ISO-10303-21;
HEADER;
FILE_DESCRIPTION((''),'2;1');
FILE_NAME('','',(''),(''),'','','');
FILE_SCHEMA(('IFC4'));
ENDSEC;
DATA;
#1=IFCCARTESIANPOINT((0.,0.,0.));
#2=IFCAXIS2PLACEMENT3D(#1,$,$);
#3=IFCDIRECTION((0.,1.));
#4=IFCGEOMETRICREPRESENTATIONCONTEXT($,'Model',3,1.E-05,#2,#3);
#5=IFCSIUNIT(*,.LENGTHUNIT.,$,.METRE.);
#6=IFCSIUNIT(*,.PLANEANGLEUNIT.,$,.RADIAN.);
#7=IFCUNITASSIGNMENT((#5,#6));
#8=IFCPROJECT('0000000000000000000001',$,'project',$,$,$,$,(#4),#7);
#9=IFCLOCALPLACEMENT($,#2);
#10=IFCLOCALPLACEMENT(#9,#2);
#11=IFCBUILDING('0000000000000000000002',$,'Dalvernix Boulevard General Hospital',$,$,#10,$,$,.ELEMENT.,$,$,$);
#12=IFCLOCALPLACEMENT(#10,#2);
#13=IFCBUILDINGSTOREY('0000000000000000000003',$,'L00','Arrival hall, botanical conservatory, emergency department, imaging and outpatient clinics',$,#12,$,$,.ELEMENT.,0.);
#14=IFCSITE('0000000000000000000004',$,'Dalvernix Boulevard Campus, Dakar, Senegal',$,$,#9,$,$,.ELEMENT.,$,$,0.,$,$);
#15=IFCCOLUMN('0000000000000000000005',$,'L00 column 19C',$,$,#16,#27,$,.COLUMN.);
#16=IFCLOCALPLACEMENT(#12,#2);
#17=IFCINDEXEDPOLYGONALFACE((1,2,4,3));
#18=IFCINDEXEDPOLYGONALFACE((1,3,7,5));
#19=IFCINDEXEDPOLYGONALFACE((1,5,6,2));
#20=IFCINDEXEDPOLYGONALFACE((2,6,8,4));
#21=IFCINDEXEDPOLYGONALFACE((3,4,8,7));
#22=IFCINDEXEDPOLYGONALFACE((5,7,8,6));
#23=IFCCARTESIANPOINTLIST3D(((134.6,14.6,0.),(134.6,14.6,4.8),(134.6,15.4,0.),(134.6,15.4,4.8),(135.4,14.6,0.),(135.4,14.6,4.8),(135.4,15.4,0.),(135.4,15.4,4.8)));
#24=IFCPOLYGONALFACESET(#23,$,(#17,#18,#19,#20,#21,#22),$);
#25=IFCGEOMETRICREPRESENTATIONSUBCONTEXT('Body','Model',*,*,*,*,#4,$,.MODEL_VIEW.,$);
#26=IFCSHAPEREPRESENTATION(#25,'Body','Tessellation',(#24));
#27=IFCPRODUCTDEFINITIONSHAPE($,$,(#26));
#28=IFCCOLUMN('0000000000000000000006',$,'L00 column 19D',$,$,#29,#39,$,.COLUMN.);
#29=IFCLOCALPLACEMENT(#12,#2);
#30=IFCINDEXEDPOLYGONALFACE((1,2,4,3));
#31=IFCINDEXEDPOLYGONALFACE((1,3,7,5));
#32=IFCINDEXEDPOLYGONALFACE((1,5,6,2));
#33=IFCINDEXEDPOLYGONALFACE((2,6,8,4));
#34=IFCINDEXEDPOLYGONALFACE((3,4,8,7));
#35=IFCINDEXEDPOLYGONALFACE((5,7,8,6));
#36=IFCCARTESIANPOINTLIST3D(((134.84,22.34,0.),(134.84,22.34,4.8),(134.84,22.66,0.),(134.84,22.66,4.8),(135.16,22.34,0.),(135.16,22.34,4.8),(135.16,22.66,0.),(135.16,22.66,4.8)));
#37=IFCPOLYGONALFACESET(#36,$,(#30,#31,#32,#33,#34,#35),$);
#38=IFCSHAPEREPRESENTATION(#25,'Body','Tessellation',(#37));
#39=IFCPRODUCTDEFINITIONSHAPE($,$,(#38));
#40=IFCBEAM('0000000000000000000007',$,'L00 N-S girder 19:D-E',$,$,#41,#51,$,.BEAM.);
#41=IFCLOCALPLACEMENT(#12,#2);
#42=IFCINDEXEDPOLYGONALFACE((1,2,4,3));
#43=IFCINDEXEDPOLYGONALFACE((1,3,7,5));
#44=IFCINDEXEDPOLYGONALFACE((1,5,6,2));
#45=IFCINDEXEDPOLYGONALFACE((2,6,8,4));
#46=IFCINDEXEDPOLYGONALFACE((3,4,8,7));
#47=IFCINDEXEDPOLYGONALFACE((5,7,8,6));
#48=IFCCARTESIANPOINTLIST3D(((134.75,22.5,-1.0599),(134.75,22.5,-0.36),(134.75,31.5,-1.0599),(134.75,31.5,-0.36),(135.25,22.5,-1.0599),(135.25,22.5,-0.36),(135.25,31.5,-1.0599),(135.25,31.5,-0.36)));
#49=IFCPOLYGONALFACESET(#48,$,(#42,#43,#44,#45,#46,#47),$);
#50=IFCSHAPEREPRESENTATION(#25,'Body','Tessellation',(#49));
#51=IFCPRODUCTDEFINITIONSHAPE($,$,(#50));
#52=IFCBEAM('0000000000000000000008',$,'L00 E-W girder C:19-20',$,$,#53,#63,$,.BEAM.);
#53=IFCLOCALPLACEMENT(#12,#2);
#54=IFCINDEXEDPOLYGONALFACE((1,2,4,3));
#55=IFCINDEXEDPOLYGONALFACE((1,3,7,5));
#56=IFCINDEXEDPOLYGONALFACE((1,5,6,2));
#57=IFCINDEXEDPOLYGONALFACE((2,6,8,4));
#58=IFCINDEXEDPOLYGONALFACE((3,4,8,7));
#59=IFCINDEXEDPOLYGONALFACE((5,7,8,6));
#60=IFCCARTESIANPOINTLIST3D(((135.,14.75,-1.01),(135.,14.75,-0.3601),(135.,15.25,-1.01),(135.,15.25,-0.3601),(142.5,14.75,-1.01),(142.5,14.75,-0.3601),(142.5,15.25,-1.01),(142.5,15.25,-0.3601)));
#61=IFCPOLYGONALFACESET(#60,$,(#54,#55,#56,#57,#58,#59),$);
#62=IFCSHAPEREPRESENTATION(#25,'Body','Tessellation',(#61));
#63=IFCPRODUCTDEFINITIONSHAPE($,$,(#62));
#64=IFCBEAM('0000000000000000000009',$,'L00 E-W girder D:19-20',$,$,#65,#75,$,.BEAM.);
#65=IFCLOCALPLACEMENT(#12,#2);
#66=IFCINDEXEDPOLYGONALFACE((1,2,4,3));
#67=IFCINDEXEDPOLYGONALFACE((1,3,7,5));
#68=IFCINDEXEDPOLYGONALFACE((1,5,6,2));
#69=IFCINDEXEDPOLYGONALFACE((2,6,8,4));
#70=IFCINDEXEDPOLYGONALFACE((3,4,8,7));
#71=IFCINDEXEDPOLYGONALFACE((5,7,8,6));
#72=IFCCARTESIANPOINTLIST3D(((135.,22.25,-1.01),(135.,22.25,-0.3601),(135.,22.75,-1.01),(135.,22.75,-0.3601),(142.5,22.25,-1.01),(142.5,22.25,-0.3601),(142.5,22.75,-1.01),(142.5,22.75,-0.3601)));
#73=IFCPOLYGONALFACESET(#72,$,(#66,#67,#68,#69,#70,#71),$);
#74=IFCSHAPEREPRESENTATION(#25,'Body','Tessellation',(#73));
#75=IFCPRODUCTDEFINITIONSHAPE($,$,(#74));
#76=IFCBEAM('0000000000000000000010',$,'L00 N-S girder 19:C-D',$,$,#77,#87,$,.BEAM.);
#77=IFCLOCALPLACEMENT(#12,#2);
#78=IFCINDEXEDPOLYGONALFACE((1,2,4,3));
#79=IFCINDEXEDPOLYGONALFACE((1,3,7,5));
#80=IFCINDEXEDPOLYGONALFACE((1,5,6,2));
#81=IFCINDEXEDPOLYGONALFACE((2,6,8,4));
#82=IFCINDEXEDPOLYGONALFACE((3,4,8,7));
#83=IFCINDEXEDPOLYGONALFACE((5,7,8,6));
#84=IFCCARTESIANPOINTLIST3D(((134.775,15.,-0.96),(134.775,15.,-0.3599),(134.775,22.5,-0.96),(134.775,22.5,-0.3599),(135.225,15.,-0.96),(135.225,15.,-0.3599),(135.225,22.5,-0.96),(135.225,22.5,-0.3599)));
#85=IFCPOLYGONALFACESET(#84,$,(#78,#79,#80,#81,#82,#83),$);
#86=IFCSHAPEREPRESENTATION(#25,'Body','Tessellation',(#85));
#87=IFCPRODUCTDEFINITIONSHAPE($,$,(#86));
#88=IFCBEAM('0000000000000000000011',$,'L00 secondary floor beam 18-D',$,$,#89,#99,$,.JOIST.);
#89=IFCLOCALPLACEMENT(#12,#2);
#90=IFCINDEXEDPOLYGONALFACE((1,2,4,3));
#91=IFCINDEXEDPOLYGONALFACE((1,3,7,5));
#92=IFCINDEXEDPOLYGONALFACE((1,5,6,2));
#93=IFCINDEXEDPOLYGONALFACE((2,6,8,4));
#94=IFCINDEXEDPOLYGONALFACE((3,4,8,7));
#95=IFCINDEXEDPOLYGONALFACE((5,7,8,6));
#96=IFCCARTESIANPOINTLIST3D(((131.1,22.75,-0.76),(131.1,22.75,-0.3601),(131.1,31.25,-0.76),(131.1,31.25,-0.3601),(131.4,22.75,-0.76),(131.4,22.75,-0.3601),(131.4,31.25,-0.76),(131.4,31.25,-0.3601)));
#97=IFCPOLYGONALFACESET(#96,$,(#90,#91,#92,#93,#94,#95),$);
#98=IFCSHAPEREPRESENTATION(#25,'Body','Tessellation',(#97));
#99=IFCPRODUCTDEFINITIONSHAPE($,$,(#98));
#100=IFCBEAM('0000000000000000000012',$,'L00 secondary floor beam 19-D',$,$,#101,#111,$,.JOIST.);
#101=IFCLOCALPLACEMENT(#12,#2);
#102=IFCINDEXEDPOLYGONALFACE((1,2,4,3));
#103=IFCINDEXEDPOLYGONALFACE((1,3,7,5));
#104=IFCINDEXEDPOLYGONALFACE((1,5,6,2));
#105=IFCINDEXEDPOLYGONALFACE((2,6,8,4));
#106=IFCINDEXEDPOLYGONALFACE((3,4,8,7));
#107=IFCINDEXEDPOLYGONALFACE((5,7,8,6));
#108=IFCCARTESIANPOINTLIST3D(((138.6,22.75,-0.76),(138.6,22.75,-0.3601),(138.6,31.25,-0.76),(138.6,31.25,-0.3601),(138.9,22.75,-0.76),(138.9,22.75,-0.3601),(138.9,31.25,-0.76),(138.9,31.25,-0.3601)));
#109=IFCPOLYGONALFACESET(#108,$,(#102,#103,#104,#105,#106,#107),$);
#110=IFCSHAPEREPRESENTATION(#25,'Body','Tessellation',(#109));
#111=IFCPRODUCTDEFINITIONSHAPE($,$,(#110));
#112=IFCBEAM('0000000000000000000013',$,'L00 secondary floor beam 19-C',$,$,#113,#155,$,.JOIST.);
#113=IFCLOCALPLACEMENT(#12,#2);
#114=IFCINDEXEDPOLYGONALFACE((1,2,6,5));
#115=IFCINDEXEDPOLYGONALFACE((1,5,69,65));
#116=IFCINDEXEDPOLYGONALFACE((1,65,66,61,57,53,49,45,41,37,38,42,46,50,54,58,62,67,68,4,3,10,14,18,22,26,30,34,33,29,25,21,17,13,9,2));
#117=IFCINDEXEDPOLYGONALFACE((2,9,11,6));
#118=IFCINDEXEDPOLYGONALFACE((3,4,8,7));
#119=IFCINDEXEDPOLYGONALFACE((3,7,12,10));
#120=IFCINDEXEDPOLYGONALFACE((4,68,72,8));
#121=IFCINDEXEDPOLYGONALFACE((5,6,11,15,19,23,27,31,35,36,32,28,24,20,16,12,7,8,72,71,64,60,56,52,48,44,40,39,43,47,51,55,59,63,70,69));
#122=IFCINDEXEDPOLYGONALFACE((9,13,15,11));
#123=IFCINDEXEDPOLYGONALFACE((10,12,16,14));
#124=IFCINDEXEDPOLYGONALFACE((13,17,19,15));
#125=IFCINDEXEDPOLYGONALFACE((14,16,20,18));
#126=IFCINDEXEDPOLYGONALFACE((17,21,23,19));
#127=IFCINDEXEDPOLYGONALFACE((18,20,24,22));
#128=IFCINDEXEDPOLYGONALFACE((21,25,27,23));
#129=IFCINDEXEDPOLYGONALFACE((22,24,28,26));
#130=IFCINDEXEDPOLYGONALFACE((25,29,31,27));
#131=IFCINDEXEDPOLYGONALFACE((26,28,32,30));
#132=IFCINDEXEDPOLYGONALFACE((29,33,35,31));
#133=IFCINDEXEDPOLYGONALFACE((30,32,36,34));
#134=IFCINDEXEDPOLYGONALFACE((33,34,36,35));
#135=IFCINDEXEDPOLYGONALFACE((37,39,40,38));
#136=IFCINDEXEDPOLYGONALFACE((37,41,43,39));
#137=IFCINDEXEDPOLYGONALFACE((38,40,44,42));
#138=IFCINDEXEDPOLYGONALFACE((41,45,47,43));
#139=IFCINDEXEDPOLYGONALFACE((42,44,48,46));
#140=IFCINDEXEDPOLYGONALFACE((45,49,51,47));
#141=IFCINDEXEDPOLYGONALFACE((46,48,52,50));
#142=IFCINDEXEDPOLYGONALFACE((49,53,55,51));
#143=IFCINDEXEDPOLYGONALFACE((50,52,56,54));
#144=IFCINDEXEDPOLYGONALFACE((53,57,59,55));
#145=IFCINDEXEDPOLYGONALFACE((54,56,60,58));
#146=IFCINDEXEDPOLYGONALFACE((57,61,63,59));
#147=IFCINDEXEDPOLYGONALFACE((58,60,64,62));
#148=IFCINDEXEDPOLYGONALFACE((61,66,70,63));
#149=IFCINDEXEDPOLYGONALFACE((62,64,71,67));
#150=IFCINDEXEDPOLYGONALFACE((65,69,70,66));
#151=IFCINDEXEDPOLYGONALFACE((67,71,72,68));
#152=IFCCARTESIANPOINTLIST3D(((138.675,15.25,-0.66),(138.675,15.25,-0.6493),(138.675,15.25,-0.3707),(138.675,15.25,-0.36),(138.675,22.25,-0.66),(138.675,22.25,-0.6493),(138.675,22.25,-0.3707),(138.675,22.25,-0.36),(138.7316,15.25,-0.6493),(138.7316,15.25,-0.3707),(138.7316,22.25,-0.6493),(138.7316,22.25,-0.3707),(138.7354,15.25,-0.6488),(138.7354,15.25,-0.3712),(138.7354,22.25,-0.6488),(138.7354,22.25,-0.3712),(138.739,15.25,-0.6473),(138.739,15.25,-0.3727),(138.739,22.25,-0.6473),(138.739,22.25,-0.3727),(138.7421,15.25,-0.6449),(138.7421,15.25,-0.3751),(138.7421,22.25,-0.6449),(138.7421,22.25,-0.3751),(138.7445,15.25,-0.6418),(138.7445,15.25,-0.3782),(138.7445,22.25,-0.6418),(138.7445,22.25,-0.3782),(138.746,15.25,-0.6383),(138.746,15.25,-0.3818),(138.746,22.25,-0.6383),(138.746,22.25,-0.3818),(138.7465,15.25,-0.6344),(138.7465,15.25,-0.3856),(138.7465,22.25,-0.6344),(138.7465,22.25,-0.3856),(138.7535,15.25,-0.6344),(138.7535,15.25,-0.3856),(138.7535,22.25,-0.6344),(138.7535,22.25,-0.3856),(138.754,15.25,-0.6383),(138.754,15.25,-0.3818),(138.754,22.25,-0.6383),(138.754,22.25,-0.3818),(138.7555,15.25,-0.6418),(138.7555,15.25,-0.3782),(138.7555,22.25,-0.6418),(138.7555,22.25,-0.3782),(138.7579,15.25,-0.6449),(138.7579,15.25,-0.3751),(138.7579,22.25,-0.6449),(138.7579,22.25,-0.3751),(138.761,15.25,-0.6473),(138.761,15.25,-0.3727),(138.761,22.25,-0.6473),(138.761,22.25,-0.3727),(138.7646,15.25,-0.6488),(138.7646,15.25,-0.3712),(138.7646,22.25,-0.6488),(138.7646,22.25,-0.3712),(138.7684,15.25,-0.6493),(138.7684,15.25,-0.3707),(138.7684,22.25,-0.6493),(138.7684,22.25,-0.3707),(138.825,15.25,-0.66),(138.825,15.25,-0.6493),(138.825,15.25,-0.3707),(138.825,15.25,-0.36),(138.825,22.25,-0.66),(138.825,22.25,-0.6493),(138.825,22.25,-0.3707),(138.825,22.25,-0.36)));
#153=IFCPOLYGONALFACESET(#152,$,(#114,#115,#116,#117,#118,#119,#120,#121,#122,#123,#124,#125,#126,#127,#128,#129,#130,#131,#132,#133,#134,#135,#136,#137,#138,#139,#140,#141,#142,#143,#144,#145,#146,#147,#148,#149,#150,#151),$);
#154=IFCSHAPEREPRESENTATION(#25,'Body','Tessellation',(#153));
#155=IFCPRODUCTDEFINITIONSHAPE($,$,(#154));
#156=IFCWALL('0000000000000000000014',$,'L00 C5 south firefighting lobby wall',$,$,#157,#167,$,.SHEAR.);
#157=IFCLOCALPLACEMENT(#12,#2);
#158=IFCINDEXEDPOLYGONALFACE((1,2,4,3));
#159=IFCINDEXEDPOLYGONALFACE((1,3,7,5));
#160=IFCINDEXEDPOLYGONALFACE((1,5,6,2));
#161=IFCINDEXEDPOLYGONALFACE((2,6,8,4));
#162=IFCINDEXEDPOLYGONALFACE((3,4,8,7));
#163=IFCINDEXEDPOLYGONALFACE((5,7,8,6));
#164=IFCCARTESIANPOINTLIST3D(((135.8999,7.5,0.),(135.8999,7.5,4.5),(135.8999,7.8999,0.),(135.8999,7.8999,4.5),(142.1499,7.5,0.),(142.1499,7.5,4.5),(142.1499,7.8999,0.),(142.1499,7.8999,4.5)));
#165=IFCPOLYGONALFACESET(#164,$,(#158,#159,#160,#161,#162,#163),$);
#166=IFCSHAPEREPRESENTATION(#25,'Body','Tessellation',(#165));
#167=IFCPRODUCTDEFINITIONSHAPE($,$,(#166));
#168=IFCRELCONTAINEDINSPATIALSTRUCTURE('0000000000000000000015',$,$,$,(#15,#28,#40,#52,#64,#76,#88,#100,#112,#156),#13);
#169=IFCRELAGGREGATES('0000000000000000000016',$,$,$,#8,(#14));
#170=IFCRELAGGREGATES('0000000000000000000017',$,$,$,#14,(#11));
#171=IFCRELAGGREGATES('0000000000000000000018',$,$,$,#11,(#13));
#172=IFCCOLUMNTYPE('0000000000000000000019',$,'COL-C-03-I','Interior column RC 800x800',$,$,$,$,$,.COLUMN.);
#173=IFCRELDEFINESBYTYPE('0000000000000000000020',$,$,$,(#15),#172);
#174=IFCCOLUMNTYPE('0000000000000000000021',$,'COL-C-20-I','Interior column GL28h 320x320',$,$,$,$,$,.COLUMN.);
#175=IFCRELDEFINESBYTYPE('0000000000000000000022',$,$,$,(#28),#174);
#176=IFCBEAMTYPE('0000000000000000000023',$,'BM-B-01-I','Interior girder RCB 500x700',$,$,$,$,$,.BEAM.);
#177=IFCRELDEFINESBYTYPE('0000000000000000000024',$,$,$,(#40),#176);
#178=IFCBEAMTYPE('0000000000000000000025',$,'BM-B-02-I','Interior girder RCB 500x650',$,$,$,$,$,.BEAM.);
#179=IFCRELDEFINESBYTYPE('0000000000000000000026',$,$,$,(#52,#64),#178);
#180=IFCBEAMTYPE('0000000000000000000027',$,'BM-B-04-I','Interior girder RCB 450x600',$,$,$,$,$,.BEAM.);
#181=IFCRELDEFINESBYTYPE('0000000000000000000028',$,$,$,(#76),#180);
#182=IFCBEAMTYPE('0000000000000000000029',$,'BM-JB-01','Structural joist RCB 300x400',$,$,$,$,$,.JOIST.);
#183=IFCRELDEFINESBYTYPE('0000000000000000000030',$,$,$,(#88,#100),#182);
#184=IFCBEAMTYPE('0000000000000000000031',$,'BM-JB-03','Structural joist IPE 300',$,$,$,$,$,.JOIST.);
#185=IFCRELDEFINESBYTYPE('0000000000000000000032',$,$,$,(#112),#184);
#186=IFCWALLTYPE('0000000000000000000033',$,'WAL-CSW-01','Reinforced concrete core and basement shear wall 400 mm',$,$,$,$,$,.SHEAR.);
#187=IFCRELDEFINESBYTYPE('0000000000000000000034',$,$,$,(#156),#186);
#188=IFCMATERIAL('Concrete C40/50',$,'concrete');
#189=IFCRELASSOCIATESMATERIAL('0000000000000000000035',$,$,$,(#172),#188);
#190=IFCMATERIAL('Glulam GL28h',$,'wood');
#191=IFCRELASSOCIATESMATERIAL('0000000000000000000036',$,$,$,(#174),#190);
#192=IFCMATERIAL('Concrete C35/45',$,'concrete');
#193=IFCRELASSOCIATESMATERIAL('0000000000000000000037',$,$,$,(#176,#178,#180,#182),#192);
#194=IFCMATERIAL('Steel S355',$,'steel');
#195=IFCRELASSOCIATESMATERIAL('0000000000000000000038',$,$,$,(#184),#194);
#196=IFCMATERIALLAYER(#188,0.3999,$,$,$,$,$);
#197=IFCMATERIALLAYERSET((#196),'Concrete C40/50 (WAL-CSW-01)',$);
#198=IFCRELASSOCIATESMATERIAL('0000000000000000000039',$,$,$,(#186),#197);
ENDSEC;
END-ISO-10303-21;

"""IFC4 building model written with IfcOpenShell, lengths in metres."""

from ifc_helpers import new_model, si_unit, direction, frame, frame_2d, origin, origin_2d, place, context, subcontext, project, spatial, rectangle, i_section, extrude, material, layer, layer_set, material_profile, profile_set, type_object, element, save


model = new_model("IFC4")

# Units and contexts
model_context = context("Model", 3, precision=1e-05, world=origin(), true_north=direction((0.0, 1.0)))
body_context = subcontext(model_context, "Body", "Model", "MODEL_VIEW")
ifc_project = project(units=[si_unit("LENGTHUNIT", "METRE"), si_unit("PLANEANGLEUNIT", "RADIAN")], contexts=[model_context])

# Site, building, storey
site_placement = place(None, origin())
site = spatial("IfcSite", under=ifc_project, at=site_placement, Name="Dalvernix Boulevard Campus, Dakar, Senegal", CompositionType="ELEMENT", RefElevation=0.0)
building_placement = place(site_placement, origin())
building = spatial("IfcBuilding", under=site, at=building_placement, Name="Dalvernix Boulevard General Hospital", CompositionType="ELEMENT")
storey_placement = place(building_placement, origin())
storey = spatial("IfcBuildingStorey", under=building, at=storey_placement, Name="L00", Description="Arrival hall, botanical conservatory, emergency department, imaging and outpatient clinics", CompositionType="ELEMENT", Elevation=0.0)

# Columns
ifc_material_1 = material(Name="Concrete C40/50", Category="concrete")
ifc_material_profile_1 = material_profile(ifc_material_1, rectangle(XDim=0.8, YDim=0.8, at=origin_2d()), Name="RC 800x800")
ifc_profile_set_1 = profile_set([ifc_material_profile_1], Name="Concrete C40/50")
column_type_1 = type_object("IfcColumnType", Name="COL-C-03-I", Description="Interior column RC 800x800", PredefinedType="COLUMN", material=ifc_profile_set_1)
column_1_placement = place(storey_placement, frame((135.0, 15.0, 0.0), z_axis=(0.0, 0.0, 1.0), x_axis=(1.0, 0.0, 0.0)))
element("IfcColumn", 1, at=column_1_placement, inside=storey, type_object=column_type_1, Name="L00 column 19C", PredefinedType="COLUMN", context=body_context, shape_type="SweptSolid", body=[
    extrude(rectangle(XDim=0.8, YDim=0.8, at=origin_2d()), origin(), (0.0, 0.0, 1.0), 4.8),
])
ifc_material_2 = material(Name="Glulam GL28h", Category="wood")
ifc_material_profile_2 = material_profile(ifc_material_2, rectangle(XDim=0.3201, YDim=0.3201, at=origin_2d()), Name="GL28h 320x320")
ifc_profile_set_2 = profile_set([ifc_material_profile_2], Name="Glulam GL28h")
column_type_2 = type_object("IfcColumnType", Name="COL-C-20-I", Description="Interior column GL28h 320x320", PredefinedType="COLUMN", material=ifc_profile_set_2)
column_2_placement = place(storey_placement, frame((135.0, 22.5, 0.0), z_axis=(0.0, 0.0, 1.0), x_axis=(1.0, 0.0, 0.0)))
element("IfcColumn", 2, at=column_2_placement, inside=storey, type_object=column_type_2, Name="L00 column 19D", PredefinedType="COLUMN", context=body_context, shape_type="SweptSolid", body=[
    extrude(rectangle(XDim=0.3201, YDim=0.3201, at=origin_2d()), origin(), (0.0, 0.0, 1.0), 4.8),
])

# Beams
ifc_material_3 = material(Name="Concrete C35/45", Category="concrete")
ifc_material_profile_3 = material_profile(ifc_material_3, rectangle(XDim=0.5, YDim=0.7, at=origin_2d()), Name="RCB 500x700")
ifc_profile_set_3 = profile_set([ifc_material_profile_3], Name="Concrete C35/45")
beam_type_1 = type_object("IfcBeamType", Name="BM-B-01-I", Description="Interior girder RCB 500x700", PredefinedType="BEAM", material=ifc_profile_set_3)
beam_1_placement = place(storey_placement, frame((135.0, 22.5, -0.71), z_axis=(0.0, 1.0, 0.0), x_axis=(-1.0, 0.0, 0.0)))
element("IfcBeam", 3, at=beam_1_placement, inside=storey, type_object=beam_type_1, Name="L00 N-S girder 19:D-E", PredefinedType="BEAM", context=body_context, shape_type="SweptSolid", body=[
    extrude(rectangle(XDim=0.5, YDim=0.7, at=origin_2d()), origin(), (0.0, 0.0, 1.0), 9.0),
])
ifc_material_profile_4 = material_profile(ifc_material_3, rectangle(XDim=0.5, YDim=0.6499, at=origin_2d()), Name="RCB 500x650")
ifc_profile_set_4 = profile_set([ifc_material_profile_4], Name="Concrete C35/45")
beam_type_2 = type_object("IfcBeamType", Name="BM-B-02-I", Description="Interior girder RCB 500x650", PredefinedType="BEAM", material=ifc_profile_set_4)
for number, where, z_axis, x_axis, name in (
    (4, (135.0, 15.0, -0.6851), (1.0, 0.0, 0.0), (0.0, 1.0, 0.0), "L00 E-W girder C:19-20"),
    (5, (135.0, 22.5, -0.6851), (1.0, 0.0, 0.0), (0.0, 1.0, 0.0), "L00 E-W girder D:19-20"),
):
    element("IfcBeam", number, at=place(storey_placement, frame(where, z_axis=z_axis, x_axis=x_axis)), inside=storey, type_object=beam_type_2, Name=name, PredefinedType="BEAM", context=body_context, shape_type="SweptSolid", body=[
        extrude(rectangle(XDim=0.5, YDim=0.6499, at=origin_2d()), origin(), (0.0, 0.0, 1.0), 7.5),
    ])
ifc_material_profile_5 = material_profile(ifc_material_3, rectangle(XDim=0.45, YDim=0.6001, at=origin_2d()), Name="RCB 450x600")
ifc_profile_set_5 = profile_set([ifc_material_profile_5], Name="Concrete C35/45")
beam_type_3 = type_object("IfcBeamType", Name="BM-B-04-I", Description="Interior girder RCB 450x600", PredefinedType="BEAM", material=ifc_profile_set_5)
beam_2_placement = place(storey_placement, frame((135.0, 15.0, -0.6599), z_axis=(0.0, 1.0, 0.0), x_axis=(-1.0, 0.0, 0.0)))
element("IfcBeam", 6, at=beam_2_placement, inside=storey, type_object=beam_type_3, Name="L00 N-S girder 19:C-D", PredefinedType="BEAM", context=body_context, shape_type="SweptSolid", body=[
    extrude(rectangle(XDim=0.45, YDim=0.6001, at=origin_2d()), origin(), (0.0, 0.0, 1.0), 7.5),
])
ifc_material_profile_6 = material_profile(ifc_material_3, rectangle(XDim=0.3, YDim=0.3999, at=origin_2d()), Name="RCB 300x400")
ifc_profile_set_6 = profile_set([ifc_material_profile_6], Name="Concrete C35/45")
beam_type_4 = type_object("IfcBeamType", Name="BM-JB-01", Description="Structural joist RCB 300x400", PredefinedType="JOIST", material=ifc_profile_set_6)
for number, where, z_axis, x_axis, name in (
    (7, (131.25, 22.75, -0.5601), (0.0, 1.0, 0.0), (-1.0, 0.0, 0.0), "L00 secondary floor beam 18-D"),
    (8, (138.75, 22.75, -0.5601), (0.0, 1.0, 0.0), (-1.0, 0.0, 0.0), "L00 secondary floor beam 19-D"),
):
    element("IfcBeam", number, at=place(storey_placement, frame(where, z_axis=z_axis, x_axis=x_axis)), inside=storey, type_object=beam_type_4, Name=name, PredefinedType="JOIST", context=body_context, shape_type="SweptSolid", body=[
        extrude(rectangle(XDim=0.3, YDim=0.3999, at=origin_2d()), origin(), (0.0, 0.0, 1.0), 8.5),
    ])
ifc_material_4 = material(Name="Steel S355", Category="steel")
ifc_material_profile_7 = material_profile(ifc_material_4, i_section(OverallWidth=0.1499, OverallDepth=0.3, WebThickness=0.0071, FlangeThickness=0.0107, FilletRadius=0.0149, at=origin_2d()), Name="IPE 300")
ifc_profile_set_7 = profile_set([ifc_material_profile_7], Name="Steel S355")
beam_type_5 = type_object("IfcBeamType", Name="BM-JB-03", Description="Structural joist IPE 300", PredefinedType="JOIST", material=ifc_profile_set_7)
beam_3_placement = place(storey_placement, frame((138.75, 15.25, -0.51), z_axis=(0.0, 1.0, 0.0), x_axis=(-1.0, 0.0, 0.0)))
element("IfcBeam", 9, at=beam_3_placement, inside=storey, type_object=beam_type_5, Name="L00 secondary floor beam 19-C", PredefinedType="JOIST", context=body_context, shape_type="SweptSolid", body=[
    extrude(i_section(OverallWidth=0.1499, OverallDepth=0.3, WebThickness=0.0071, FlangeThickness=0.0107, FilletRadius=0.0149, at=origin_2d()), origin(), (0.0, 0.0, 1.0), 7.0),
])

# Wall
ifc_layer_1 = layer(ifc_material_1, 0.3999)
ifc_layer_set_1 = layer_set([ifc_layer_1], Name="Concrete C40/50 (WAL-CSW-01)")
wall_type_1 = type_object("IfcWallType", Name="WAL-CSW-01", Description="Reinforced concrete core and basement shear wall 400 mm", PredefinedType="SHEAR", material=ifc_layer_set_1)
wall_1_placement = place(storey_placement, frame((135.8999, 7.7, 0.0), z_axis=(0.0, 0.0, 1.0), x_axis=(1.0, 0.0, 0.0)))
element("IfcWall", 10, at=wall_1_placement, inside=storey, type_object=wall_type_1, Name="L00 C5 south firefighting lobby wall", PredefinedType="SHEAR", context=body_context, shape_type="SweptSolid", body=[
    extrude(rectangle(XDim=6.25, YDim=0.3999, at=frame_2d((3.125, 0.0))), origin(), (0.0, 0.0, 1.0), 4.5),
])

save(model, "model.ifc")
